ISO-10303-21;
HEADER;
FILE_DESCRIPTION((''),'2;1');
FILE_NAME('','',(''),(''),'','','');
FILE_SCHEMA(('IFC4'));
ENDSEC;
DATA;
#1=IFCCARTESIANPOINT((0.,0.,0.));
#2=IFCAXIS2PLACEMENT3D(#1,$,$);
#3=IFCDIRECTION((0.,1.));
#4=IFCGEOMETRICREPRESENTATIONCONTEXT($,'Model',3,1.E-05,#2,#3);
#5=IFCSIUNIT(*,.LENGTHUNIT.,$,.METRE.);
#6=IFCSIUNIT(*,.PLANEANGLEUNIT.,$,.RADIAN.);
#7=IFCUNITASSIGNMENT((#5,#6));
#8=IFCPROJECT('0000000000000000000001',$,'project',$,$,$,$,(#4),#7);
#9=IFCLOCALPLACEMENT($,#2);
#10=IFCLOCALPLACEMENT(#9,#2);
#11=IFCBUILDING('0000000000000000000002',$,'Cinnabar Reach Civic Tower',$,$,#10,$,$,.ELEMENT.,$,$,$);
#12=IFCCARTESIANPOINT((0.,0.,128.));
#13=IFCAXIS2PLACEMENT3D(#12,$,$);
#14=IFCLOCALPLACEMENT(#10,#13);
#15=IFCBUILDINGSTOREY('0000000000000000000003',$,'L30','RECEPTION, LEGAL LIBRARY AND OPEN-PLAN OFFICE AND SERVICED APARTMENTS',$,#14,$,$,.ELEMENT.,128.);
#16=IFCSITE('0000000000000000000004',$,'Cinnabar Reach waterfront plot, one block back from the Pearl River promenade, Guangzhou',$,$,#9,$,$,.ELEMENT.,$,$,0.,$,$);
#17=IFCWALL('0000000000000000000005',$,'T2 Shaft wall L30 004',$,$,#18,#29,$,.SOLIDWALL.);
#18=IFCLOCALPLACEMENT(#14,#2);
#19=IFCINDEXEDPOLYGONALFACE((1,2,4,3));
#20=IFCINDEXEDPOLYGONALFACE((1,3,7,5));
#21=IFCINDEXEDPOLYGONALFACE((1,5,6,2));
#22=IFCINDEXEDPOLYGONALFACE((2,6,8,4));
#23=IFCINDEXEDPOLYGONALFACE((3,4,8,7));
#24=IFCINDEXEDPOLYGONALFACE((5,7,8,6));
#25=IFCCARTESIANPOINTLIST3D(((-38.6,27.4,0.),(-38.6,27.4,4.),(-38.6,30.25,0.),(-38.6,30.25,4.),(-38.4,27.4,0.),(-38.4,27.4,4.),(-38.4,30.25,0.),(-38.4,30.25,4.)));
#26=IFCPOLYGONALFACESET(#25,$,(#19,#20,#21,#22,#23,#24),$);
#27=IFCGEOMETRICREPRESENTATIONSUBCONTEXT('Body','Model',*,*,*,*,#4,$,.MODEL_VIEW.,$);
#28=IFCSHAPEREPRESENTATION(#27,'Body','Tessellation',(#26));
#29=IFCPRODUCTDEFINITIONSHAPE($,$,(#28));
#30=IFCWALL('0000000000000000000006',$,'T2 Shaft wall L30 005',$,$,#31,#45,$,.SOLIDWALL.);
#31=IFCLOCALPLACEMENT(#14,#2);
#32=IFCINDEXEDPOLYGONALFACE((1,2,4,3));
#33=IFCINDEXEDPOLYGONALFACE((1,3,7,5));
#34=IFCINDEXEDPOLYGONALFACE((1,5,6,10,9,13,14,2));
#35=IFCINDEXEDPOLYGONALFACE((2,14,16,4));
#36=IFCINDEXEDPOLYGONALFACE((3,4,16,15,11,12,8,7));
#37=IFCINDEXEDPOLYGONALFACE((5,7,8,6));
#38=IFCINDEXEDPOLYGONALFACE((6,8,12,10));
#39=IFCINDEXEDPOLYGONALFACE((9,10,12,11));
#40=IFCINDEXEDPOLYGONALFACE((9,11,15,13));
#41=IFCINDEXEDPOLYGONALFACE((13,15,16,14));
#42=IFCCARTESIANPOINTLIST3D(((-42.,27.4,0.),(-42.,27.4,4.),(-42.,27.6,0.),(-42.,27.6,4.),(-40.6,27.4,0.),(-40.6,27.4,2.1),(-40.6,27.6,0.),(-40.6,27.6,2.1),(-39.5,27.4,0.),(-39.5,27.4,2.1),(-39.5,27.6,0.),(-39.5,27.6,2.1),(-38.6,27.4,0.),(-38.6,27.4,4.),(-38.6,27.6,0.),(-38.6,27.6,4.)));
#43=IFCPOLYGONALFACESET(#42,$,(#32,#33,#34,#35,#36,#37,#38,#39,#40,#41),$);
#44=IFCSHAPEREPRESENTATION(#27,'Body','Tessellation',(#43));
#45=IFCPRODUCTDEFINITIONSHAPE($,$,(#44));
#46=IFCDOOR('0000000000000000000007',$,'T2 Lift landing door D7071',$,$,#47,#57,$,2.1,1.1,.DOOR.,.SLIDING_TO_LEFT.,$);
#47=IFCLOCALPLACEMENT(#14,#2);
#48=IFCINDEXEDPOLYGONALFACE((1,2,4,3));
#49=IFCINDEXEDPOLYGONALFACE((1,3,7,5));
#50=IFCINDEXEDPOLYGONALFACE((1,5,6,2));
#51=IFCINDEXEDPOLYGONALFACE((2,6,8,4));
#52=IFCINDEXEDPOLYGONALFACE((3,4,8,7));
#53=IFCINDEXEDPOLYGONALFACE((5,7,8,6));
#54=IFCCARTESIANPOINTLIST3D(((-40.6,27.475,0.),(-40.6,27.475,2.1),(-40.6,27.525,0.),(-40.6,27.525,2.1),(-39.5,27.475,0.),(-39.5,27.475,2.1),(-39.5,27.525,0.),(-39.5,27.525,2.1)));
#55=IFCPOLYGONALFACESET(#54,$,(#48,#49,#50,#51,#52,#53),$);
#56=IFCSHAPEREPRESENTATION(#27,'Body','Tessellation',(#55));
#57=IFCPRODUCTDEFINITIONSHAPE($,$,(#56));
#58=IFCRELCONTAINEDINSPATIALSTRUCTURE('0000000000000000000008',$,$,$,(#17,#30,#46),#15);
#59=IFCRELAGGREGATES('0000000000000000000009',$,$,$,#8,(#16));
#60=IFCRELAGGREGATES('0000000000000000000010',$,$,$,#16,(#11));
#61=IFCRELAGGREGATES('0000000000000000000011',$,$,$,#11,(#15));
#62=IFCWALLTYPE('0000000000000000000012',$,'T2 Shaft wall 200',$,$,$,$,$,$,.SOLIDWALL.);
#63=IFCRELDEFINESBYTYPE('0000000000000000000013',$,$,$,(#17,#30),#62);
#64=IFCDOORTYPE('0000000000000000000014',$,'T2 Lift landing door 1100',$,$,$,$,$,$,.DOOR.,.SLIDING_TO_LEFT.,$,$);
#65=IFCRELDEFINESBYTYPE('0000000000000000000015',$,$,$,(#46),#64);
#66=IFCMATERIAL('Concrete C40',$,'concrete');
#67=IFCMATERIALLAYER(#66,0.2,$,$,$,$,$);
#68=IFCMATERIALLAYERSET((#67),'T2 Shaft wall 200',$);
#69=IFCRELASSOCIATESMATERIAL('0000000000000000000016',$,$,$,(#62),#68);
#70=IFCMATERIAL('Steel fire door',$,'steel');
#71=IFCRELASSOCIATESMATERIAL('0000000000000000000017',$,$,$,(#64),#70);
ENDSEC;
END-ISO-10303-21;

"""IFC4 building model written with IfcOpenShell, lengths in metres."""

from ifc_helpers import new_model, si_unit, direction, frame, frame_2d, origin, place, context, subcontext, project, spatial, rectangle, extrude, material, layer, layer_set, type_object, element, fill, save


model = new_model("IFC4")

# Units and contexts
model_context = context("Model", 3, precision=1e-05, world=origin(), true_north=direction((0.0, 1.0)))
body_context = subcontext(model_context, "Body", "Model", "MODEL_VIEW")
ifc_project = project(units=[si_unit("LENGTHUNIT", "METRE"), si_unit("PLANEANGLEUNIT", "RADIAN")], contexts=[model_context])

# Site, building, storey
site_placement = place(None, origin())
site = spatial("IfcSite", under=ifc_project, at=site_placement, Name="Cinnabar Reach waterfront plot, one block back from the Pearl River promenade, Guangzhou", CompositionType="ELEMENT", RefElevation=0.0)
building_placement = place(site_placement, origin())
building = spatial("IfcBuilding", under=site, at=building_placement, Name="Cinnabar Reach Civic Tower", CompositionType="ELEMENT")
storey_placement = place(building_placement, frame((0.0, 0.0, 128.0)))
storey = spatial("IfcBuildingStorey", under=building, at=storey_placement, Name="L30", Description="RECEPTION, LEGAL LIBRARY AND OPEN-PLAN OFFICE AND SERVICED APARTMENTS", CompositionType="ELEMENT", Elevation=128.0)

# Shared definitions
ifc_material_1 = material(Name="Steel fire door", Category="steel")

# Shared definitions
ifc_material_2 = material(Name="Concrete C40", Category="concrete")
ifc_layer_1 = layer(ifc_material_2, 0.2)
ifc_layer_set_1 = layer_set([ifc_layer_1], Name="T2 Shaft wall 200")
wall_type_1 = type_object("IfcWallType", Name="T2 Shaft wall 200", PredefinedType="SOLIDWALL", material=ifc_layer_set_1)

# Shared definitions
door_type_1 = type_object("IfcDoorType", Name="T2 Lift landing door 1100", OperationType="SLIDING_TO_LEFT", PredefinedType="DOOR", material=ifc_material_1)

# Wall
wall_1_placement = place(storey_placement, frame((-38.5, 27.4, 0.0), z_axis=(0.0, 0.0, 1.0), x_axis=(0.0, 1.0, 0.0)))
element("IfcWall", 1, at=wall_1_placement, inside=storey, type_object=wall_type_1, Name="T2 Shaft wall L30 004", PredefinedType="SOLIDWALL", context=body_context, shape_type="SweptSolid", body=[
    extrude(rectangle(XDim=2.85, YDim=0.2, at=frame_2d((1.425, 0.0))), origin(), (0.0, 0.0, 1.0), 4.0),
])

# Wall, opening, door
wall_2_placement = place(storey_placement, frame((-42.0, 27.5, 0.0), z_axis=(0.0, 0.0, 1.0), x_axis=(1.0, 0.0, 0.0)))
wall_2 = element("IfcWall", 2, at=wall_2_placement, inside=storey, type_object=wall_type_1, Name="T2 Shaft wall L30 005", PredefinedType="SOLIDWALL", context=body_context, shape_type="SweptSolid", body=[
    extrude(rectangle(XDim=3.4, YDim=0.2, at=frame_2d((1.7, 0.0))), origin(), (0.0, 0.0, 1.0), 4.0),
])
opening_1_placement = place(wall_2_placement, frame((1.4, 0.0, 0.0)))
opening_1 = element("IfcOpeningElement", 3, at=opening_1_placement, cuts=wall_2, PredefinedType="OPENING", context=body_context, shape_type="SweptSolid", body=[
    extrude(rectangle(XDim=1.1, YDim=2.1, at=frame_2d((0.55, 1.05))), frame((0.0, 0.11, 0.0), z_axis=(0.0, -1.0, 0.0), x_axis=(1.0, 0.0, 0.0)), (0.0, 0.0, 1.0), 0.22),
])
door_1_placement = place(opening_1_placement, origin())
door_1 = element("IfcDoor", 4, at=door_1_placement, inside=storey, type_object=door_type_1, Name="T2 Lift landing door D7071", OperationType="SLIDING_TO_LEFT", OverallHeight=2.1, OverallWidth=1.1, PredefinedType="DOOR", context=body_context, shape_type="SweptSolid", body=[
    extrude(rectangle(XDim=1.1, YDim=2.1, at=frame_2d((0.55, 1.05))), frame((0.0, 0.025, 0.0), z_axis=(0.0, -1.0, 0.0), x_axis=(1.0, 0.0, 0.0)), (0.0, 0.0, 1.0), 0.05),
])
fill(opening_1, door_1)

save(model, "model.ifc")
